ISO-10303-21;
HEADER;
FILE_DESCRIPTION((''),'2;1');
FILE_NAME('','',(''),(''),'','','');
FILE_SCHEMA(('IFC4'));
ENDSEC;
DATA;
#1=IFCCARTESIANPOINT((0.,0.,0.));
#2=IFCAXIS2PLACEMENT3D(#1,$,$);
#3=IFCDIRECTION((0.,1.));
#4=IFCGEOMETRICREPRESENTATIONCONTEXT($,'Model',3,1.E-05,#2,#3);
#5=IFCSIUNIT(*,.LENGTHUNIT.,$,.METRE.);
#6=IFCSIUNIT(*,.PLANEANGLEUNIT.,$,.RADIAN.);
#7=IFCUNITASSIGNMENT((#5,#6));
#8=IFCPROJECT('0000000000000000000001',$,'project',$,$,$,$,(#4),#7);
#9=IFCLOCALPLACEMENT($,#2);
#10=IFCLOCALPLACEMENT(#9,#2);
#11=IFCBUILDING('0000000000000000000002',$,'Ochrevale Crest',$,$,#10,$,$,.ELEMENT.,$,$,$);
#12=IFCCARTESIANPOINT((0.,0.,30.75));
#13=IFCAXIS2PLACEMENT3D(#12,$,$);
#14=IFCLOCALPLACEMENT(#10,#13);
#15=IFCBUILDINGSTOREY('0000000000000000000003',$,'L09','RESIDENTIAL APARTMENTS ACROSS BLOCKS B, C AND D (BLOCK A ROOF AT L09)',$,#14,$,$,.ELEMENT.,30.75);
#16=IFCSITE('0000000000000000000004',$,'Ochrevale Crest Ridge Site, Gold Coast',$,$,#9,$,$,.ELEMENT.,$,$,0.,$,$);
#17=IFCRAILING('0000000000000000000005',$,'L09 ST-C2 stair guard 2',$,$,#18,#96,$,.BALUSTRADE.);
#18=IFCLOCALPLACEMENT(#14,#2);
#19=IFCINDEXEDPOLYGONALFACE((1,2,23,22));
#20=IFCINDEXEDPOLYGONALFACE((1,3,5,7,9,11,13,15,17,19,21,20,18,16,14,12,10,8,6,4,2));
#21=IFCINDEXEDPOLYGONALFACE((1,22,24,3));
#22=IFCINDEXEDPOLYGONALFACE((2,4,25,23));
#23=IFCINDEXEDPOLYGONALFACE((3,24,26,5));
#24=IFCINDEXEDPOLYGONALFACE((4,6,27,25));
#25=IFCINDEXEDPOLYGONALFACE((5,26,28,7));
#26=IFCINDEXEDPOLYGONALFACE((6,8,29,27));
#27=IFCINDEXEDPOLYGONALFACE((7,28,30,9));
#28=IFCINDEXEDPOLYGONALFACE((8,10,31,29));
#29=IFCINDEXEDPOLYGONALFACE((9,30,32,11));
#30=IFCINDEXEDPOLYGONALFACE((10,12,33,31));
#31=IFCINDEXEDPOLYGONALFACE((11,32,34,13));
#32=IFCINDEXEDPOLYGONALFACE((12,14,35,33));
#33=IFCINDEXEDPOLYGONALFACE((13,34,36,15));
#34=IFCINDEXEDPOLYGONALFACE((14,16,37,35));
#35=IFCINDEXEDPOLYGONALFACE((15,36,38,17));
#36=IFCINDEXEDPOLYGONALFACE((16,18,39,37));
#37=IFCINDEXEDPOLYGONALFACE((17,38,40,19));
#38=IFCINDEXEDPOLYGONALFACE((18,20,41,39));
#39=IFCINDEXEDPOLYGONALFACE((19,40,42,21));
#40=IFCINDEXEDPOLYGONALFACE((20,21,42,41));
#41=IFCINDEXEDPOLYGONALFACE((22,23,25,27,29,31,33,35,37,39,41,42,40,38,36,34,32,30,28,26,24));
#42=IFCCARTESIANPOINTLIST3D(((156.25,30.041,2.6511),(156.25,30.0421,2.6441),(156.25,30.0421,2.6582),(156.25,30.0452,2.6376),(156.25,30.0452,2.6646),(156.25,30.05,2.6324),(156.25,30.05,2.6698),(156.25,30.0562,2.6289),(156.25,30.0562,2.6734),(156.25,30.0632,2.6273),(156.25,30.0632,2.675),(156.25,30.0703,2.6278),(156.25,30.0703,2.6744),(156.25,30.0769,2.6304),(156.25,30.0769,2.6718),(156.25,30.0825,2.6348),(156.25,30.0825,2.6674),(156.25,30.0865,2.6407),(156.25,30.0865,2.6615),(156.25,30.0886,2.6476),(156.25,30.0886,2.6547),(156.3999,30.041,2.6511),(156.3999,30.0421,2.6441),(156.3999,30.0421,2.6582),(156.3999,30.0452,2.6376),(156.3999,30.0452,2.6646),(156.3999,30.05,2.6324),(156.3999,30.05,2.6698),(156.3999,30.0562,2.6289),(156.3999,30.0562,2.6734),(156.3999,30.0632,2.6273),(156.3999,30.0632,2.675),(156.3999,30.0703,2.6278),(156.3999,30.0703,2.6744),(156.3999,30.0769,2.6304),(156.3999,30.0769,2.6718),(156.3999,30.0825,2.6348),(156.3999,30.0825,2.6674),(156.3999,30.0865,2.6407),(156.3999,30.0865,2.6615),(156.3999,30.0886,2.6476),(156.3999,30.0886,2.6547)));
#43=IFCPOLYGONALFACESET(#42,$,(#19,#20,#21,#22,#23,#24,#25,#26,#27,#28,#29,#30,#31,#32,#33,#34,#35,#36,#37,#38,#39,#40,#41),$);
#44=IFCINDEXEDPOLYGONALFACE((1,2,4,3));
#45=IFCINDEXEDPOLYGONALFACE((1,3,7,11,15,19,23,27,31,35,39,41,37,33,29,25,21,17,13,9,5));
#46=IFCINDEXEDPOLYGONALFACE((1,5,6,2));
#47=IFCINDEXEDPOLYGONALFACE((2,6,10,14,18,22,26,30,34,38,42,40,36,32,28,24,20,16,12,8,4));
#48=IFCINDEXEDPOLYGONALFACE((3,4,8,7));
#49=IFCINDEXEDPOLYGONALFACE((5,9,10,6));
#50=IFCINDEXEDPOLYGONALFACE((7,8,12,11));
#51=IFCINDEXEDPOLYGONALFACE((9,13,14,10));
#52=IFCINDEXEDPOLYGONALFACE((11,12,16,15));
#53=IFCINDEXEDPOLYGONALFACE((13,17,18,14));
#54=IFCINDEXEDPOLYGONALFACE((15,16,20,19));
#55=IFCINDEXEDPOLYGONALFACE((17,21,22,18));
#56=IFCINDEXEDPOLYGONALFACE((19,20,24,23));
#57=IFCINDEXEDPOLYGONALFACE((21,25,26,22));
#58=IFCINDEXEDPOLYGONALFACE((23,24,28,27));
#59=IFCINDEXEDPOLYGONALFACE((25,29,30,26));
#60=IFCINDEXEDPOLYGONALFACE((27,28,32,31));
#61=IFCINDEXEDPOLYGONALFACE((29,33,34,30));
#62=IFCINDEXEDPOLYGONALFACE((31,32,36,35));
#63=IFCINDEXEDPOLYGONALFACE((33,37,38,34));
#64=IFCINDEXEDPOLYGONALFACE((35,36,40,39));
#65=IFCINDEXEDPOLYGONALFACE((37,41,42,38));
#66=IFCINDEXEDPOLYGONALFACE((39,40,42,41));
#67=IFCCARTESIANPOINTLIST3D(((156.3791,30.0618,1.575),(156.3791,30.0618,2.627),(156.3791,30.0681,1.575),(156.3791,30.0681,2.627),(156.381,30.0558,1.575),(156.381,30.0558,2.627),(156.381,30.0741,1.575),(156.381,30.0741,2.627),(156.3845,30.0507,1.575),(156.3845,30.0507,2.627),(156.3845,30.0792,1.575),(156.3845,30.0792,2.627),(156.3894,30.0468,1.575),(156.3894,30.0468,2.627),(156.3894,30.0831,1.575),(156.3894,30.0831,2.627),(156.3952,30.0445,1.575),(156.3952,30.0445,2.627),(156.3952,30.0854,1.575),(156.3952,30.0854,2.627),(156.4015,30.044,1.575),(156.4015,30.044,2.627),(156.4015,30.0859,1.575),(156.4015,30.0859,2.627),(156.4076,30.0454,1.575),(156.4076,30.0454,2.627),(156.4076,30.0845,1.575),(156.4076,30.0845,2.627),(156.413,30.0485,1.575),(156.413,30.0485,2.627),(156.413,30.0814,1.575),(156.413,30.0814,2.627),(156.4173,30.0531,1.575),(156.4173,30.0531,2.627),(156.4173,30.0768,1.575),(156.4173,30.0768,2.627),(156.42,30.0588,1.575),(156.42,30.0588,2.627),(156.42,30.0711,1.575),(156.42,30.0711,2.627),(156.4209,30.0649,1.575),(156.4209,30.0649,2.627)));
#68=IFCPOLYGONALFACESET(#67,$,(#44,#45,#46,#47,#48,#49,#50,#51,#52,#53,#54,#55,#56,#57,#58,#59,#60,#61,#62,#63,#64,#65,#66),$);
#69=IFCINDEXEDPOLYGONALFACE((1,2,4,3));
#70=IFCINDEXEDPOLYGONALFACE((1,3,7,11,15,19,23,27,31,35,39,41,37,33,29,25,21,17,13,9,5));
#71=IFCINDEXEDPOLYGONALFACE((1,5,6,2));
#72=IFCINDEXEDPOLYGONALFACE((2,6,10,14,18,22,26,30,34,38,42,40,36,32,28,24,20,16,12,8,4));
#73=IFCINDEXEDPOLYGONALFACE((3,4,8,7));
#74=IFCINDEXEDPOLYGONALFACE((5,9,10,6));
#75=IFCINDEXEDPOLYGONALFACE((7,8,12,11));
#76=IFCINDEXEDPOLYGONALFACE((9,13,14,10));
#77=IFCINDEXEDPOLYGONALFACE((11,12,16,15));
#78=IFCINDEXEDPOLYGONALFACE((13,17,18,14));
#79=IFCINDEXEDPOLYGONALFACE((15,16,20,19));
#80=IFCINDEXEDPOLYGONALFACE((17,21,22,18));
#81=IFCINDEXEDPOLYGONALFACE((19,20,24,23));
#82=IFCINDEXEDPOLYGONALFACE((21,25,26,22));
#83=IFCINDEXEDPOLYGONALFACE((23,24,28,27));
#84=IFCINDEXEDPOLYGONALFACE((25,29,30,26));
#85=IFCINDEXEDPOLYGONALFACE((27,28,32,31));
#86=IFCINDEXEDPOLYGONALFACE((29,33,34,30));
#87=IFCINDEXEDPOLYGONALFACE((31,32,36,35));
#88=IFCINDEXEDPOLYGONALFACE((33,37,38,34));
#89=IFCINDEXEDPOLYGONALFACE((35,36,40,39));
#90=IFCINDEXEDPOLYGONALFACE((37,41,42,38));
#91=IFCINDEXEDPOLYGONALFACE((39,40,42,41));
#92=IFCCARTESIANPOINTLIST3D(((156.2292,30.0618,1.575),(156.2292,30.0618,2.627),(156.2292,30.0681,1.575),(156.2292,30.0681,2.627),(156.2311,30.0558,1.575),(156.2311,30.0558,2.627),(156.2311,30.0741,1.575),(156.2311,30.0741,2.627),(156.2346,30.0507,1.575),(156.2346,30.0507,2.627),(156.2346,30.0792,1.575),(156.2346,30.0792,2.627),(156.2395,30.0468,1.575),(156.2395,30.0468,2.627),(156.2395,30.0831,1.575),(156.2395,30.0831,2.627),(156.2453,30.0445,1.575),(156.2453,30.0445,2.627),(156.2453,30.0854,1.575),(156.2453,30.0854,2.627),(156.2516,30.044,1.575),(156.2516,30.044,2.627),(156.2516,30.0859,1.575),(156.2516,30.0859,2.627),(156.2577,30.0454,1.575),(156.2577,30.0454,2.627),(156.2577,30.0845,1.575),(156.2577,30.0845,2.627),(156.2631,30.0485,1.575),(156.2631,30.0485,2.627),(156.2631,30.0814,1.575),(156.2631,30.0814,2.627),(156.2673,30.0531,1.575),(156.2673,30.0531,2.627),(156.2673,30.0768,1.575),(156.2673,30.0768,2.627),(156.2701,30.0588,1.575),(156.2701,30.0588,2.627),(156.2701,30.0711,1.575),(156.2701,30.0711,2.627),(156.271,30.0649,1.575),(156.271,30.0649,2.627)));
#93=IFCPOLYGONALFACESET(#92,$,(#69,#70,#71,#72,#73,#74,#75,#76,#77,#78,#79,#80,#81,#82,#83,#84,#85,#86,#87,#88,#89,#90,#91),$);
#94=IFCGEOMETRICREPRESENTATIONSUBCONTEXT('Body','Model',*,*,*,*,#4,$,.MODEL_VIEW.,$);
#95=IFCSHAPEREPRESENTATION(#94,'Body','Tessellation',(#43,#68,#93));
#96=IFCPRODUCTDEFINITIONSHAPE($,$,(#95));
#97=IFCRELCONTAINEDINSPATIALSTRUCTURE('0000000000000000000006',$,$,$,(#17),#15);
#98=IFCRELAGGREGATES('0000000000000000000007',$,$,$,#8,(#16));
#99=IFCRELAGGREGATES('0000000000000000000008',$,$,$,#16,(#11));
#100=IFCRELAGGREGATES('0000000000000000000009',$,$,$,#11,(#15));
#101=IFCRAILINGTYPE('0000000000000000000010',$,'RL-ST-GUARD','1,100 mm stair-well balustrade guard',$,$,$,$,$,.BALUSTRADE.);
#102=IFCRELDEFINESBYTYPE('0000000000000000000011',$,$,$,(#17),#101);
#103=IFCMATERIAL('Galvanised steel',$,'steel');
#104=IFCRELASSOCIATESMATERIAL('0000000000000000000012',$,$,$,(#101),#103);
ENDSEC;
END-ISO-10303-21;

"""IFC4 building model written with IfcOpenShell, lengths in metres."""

from ifc_helpers import new_model, si_unit, direction, frame, origin, origin_2d, place, context, subcontext, project, spatial, circle, extrude, material, type_object, element, save


model = new_model("IFC4")

# Units and contexts
model_context = context("Model", 3, precision=1e-05, world=origin(), true_north=direction((0.0, 1.0)))
body_context = subcontext(model_context, "Body", "Model", "MODEL_VIEW")
ifc_project = project(units=[si_unit("LENGTHUNIT", "METRE"), si_unit("PLANEANGLEUNIT", "RADIAN")], contexts=[model_context])

# Site, building, storey
site_placement = place(None, origin())
site = spatial("IfcSite", under=ifc_project, at=site_placement, Name="Ochrevale Crest Ridge Site, Gold Coast", CompositionType="ELEMENT", RefElevation=0.0)
building_placement = place(site_placement, origin())
building = spatial("IfcBuilding", under=site, at=building_placement, Name="Ochrevale Crest", CompositionType="ELEMENT")
storey_placement = place(building_placement, frame((0.0, 0.0, 30.75)))
storey = spatial("IfcBuildingStorey", under=building, at=storey_placement, Name="L09", Description="RESIDENTIAL APARTMENTS ACROSS BLOCKS B, C AND D (BLOCK A ROOF AT L09)", CompositionType="ELEMENT", Elevation=30.75)

# Railing
ifc_material_1 = material(Name="Galvanised steel", Category="steel")
railing_type_1 = type_object("IfcRailingType", Name="RL-ST-GUARD", Description="1,100 mm stair-well balustrade guard", PredefinedType="BALUSTRADE", material=ifc_material_1)
railing_1_placement = place(storey_placement, frame((156.3999, 30.0649, 1.575)))
element("IfcRailing", 1, at=railing_1_placement, inside=storey, type_object=railing_type_1, Name="L09 ST-C2 stair guard 2", PredefinedType="BALUSTRADE", context=body_context, shape_type="SweptSolid", body=[
    extrude(circle(Radius=0.0239, at=origin_2d()), frame((0.0, 0.0, 1.0762), z_axis=(-1.0, 0.0, 0.0), x_axis=(0.0, -1.0, 0.0)), (0.0, 0.0, 1.0), 0.1499),
    extrude(circle(Radius=0.021, at=origin_2d()), origin(), (0.0, 0.0, 1.0), 1.052),
    extrude(circle(Radius=0.021, at=origin_2d()), frame((-0.1499, 0.0, 0.0)), (0.0, 0.0, 1.0), 1.052),
])

save(model, "model.ifc")
